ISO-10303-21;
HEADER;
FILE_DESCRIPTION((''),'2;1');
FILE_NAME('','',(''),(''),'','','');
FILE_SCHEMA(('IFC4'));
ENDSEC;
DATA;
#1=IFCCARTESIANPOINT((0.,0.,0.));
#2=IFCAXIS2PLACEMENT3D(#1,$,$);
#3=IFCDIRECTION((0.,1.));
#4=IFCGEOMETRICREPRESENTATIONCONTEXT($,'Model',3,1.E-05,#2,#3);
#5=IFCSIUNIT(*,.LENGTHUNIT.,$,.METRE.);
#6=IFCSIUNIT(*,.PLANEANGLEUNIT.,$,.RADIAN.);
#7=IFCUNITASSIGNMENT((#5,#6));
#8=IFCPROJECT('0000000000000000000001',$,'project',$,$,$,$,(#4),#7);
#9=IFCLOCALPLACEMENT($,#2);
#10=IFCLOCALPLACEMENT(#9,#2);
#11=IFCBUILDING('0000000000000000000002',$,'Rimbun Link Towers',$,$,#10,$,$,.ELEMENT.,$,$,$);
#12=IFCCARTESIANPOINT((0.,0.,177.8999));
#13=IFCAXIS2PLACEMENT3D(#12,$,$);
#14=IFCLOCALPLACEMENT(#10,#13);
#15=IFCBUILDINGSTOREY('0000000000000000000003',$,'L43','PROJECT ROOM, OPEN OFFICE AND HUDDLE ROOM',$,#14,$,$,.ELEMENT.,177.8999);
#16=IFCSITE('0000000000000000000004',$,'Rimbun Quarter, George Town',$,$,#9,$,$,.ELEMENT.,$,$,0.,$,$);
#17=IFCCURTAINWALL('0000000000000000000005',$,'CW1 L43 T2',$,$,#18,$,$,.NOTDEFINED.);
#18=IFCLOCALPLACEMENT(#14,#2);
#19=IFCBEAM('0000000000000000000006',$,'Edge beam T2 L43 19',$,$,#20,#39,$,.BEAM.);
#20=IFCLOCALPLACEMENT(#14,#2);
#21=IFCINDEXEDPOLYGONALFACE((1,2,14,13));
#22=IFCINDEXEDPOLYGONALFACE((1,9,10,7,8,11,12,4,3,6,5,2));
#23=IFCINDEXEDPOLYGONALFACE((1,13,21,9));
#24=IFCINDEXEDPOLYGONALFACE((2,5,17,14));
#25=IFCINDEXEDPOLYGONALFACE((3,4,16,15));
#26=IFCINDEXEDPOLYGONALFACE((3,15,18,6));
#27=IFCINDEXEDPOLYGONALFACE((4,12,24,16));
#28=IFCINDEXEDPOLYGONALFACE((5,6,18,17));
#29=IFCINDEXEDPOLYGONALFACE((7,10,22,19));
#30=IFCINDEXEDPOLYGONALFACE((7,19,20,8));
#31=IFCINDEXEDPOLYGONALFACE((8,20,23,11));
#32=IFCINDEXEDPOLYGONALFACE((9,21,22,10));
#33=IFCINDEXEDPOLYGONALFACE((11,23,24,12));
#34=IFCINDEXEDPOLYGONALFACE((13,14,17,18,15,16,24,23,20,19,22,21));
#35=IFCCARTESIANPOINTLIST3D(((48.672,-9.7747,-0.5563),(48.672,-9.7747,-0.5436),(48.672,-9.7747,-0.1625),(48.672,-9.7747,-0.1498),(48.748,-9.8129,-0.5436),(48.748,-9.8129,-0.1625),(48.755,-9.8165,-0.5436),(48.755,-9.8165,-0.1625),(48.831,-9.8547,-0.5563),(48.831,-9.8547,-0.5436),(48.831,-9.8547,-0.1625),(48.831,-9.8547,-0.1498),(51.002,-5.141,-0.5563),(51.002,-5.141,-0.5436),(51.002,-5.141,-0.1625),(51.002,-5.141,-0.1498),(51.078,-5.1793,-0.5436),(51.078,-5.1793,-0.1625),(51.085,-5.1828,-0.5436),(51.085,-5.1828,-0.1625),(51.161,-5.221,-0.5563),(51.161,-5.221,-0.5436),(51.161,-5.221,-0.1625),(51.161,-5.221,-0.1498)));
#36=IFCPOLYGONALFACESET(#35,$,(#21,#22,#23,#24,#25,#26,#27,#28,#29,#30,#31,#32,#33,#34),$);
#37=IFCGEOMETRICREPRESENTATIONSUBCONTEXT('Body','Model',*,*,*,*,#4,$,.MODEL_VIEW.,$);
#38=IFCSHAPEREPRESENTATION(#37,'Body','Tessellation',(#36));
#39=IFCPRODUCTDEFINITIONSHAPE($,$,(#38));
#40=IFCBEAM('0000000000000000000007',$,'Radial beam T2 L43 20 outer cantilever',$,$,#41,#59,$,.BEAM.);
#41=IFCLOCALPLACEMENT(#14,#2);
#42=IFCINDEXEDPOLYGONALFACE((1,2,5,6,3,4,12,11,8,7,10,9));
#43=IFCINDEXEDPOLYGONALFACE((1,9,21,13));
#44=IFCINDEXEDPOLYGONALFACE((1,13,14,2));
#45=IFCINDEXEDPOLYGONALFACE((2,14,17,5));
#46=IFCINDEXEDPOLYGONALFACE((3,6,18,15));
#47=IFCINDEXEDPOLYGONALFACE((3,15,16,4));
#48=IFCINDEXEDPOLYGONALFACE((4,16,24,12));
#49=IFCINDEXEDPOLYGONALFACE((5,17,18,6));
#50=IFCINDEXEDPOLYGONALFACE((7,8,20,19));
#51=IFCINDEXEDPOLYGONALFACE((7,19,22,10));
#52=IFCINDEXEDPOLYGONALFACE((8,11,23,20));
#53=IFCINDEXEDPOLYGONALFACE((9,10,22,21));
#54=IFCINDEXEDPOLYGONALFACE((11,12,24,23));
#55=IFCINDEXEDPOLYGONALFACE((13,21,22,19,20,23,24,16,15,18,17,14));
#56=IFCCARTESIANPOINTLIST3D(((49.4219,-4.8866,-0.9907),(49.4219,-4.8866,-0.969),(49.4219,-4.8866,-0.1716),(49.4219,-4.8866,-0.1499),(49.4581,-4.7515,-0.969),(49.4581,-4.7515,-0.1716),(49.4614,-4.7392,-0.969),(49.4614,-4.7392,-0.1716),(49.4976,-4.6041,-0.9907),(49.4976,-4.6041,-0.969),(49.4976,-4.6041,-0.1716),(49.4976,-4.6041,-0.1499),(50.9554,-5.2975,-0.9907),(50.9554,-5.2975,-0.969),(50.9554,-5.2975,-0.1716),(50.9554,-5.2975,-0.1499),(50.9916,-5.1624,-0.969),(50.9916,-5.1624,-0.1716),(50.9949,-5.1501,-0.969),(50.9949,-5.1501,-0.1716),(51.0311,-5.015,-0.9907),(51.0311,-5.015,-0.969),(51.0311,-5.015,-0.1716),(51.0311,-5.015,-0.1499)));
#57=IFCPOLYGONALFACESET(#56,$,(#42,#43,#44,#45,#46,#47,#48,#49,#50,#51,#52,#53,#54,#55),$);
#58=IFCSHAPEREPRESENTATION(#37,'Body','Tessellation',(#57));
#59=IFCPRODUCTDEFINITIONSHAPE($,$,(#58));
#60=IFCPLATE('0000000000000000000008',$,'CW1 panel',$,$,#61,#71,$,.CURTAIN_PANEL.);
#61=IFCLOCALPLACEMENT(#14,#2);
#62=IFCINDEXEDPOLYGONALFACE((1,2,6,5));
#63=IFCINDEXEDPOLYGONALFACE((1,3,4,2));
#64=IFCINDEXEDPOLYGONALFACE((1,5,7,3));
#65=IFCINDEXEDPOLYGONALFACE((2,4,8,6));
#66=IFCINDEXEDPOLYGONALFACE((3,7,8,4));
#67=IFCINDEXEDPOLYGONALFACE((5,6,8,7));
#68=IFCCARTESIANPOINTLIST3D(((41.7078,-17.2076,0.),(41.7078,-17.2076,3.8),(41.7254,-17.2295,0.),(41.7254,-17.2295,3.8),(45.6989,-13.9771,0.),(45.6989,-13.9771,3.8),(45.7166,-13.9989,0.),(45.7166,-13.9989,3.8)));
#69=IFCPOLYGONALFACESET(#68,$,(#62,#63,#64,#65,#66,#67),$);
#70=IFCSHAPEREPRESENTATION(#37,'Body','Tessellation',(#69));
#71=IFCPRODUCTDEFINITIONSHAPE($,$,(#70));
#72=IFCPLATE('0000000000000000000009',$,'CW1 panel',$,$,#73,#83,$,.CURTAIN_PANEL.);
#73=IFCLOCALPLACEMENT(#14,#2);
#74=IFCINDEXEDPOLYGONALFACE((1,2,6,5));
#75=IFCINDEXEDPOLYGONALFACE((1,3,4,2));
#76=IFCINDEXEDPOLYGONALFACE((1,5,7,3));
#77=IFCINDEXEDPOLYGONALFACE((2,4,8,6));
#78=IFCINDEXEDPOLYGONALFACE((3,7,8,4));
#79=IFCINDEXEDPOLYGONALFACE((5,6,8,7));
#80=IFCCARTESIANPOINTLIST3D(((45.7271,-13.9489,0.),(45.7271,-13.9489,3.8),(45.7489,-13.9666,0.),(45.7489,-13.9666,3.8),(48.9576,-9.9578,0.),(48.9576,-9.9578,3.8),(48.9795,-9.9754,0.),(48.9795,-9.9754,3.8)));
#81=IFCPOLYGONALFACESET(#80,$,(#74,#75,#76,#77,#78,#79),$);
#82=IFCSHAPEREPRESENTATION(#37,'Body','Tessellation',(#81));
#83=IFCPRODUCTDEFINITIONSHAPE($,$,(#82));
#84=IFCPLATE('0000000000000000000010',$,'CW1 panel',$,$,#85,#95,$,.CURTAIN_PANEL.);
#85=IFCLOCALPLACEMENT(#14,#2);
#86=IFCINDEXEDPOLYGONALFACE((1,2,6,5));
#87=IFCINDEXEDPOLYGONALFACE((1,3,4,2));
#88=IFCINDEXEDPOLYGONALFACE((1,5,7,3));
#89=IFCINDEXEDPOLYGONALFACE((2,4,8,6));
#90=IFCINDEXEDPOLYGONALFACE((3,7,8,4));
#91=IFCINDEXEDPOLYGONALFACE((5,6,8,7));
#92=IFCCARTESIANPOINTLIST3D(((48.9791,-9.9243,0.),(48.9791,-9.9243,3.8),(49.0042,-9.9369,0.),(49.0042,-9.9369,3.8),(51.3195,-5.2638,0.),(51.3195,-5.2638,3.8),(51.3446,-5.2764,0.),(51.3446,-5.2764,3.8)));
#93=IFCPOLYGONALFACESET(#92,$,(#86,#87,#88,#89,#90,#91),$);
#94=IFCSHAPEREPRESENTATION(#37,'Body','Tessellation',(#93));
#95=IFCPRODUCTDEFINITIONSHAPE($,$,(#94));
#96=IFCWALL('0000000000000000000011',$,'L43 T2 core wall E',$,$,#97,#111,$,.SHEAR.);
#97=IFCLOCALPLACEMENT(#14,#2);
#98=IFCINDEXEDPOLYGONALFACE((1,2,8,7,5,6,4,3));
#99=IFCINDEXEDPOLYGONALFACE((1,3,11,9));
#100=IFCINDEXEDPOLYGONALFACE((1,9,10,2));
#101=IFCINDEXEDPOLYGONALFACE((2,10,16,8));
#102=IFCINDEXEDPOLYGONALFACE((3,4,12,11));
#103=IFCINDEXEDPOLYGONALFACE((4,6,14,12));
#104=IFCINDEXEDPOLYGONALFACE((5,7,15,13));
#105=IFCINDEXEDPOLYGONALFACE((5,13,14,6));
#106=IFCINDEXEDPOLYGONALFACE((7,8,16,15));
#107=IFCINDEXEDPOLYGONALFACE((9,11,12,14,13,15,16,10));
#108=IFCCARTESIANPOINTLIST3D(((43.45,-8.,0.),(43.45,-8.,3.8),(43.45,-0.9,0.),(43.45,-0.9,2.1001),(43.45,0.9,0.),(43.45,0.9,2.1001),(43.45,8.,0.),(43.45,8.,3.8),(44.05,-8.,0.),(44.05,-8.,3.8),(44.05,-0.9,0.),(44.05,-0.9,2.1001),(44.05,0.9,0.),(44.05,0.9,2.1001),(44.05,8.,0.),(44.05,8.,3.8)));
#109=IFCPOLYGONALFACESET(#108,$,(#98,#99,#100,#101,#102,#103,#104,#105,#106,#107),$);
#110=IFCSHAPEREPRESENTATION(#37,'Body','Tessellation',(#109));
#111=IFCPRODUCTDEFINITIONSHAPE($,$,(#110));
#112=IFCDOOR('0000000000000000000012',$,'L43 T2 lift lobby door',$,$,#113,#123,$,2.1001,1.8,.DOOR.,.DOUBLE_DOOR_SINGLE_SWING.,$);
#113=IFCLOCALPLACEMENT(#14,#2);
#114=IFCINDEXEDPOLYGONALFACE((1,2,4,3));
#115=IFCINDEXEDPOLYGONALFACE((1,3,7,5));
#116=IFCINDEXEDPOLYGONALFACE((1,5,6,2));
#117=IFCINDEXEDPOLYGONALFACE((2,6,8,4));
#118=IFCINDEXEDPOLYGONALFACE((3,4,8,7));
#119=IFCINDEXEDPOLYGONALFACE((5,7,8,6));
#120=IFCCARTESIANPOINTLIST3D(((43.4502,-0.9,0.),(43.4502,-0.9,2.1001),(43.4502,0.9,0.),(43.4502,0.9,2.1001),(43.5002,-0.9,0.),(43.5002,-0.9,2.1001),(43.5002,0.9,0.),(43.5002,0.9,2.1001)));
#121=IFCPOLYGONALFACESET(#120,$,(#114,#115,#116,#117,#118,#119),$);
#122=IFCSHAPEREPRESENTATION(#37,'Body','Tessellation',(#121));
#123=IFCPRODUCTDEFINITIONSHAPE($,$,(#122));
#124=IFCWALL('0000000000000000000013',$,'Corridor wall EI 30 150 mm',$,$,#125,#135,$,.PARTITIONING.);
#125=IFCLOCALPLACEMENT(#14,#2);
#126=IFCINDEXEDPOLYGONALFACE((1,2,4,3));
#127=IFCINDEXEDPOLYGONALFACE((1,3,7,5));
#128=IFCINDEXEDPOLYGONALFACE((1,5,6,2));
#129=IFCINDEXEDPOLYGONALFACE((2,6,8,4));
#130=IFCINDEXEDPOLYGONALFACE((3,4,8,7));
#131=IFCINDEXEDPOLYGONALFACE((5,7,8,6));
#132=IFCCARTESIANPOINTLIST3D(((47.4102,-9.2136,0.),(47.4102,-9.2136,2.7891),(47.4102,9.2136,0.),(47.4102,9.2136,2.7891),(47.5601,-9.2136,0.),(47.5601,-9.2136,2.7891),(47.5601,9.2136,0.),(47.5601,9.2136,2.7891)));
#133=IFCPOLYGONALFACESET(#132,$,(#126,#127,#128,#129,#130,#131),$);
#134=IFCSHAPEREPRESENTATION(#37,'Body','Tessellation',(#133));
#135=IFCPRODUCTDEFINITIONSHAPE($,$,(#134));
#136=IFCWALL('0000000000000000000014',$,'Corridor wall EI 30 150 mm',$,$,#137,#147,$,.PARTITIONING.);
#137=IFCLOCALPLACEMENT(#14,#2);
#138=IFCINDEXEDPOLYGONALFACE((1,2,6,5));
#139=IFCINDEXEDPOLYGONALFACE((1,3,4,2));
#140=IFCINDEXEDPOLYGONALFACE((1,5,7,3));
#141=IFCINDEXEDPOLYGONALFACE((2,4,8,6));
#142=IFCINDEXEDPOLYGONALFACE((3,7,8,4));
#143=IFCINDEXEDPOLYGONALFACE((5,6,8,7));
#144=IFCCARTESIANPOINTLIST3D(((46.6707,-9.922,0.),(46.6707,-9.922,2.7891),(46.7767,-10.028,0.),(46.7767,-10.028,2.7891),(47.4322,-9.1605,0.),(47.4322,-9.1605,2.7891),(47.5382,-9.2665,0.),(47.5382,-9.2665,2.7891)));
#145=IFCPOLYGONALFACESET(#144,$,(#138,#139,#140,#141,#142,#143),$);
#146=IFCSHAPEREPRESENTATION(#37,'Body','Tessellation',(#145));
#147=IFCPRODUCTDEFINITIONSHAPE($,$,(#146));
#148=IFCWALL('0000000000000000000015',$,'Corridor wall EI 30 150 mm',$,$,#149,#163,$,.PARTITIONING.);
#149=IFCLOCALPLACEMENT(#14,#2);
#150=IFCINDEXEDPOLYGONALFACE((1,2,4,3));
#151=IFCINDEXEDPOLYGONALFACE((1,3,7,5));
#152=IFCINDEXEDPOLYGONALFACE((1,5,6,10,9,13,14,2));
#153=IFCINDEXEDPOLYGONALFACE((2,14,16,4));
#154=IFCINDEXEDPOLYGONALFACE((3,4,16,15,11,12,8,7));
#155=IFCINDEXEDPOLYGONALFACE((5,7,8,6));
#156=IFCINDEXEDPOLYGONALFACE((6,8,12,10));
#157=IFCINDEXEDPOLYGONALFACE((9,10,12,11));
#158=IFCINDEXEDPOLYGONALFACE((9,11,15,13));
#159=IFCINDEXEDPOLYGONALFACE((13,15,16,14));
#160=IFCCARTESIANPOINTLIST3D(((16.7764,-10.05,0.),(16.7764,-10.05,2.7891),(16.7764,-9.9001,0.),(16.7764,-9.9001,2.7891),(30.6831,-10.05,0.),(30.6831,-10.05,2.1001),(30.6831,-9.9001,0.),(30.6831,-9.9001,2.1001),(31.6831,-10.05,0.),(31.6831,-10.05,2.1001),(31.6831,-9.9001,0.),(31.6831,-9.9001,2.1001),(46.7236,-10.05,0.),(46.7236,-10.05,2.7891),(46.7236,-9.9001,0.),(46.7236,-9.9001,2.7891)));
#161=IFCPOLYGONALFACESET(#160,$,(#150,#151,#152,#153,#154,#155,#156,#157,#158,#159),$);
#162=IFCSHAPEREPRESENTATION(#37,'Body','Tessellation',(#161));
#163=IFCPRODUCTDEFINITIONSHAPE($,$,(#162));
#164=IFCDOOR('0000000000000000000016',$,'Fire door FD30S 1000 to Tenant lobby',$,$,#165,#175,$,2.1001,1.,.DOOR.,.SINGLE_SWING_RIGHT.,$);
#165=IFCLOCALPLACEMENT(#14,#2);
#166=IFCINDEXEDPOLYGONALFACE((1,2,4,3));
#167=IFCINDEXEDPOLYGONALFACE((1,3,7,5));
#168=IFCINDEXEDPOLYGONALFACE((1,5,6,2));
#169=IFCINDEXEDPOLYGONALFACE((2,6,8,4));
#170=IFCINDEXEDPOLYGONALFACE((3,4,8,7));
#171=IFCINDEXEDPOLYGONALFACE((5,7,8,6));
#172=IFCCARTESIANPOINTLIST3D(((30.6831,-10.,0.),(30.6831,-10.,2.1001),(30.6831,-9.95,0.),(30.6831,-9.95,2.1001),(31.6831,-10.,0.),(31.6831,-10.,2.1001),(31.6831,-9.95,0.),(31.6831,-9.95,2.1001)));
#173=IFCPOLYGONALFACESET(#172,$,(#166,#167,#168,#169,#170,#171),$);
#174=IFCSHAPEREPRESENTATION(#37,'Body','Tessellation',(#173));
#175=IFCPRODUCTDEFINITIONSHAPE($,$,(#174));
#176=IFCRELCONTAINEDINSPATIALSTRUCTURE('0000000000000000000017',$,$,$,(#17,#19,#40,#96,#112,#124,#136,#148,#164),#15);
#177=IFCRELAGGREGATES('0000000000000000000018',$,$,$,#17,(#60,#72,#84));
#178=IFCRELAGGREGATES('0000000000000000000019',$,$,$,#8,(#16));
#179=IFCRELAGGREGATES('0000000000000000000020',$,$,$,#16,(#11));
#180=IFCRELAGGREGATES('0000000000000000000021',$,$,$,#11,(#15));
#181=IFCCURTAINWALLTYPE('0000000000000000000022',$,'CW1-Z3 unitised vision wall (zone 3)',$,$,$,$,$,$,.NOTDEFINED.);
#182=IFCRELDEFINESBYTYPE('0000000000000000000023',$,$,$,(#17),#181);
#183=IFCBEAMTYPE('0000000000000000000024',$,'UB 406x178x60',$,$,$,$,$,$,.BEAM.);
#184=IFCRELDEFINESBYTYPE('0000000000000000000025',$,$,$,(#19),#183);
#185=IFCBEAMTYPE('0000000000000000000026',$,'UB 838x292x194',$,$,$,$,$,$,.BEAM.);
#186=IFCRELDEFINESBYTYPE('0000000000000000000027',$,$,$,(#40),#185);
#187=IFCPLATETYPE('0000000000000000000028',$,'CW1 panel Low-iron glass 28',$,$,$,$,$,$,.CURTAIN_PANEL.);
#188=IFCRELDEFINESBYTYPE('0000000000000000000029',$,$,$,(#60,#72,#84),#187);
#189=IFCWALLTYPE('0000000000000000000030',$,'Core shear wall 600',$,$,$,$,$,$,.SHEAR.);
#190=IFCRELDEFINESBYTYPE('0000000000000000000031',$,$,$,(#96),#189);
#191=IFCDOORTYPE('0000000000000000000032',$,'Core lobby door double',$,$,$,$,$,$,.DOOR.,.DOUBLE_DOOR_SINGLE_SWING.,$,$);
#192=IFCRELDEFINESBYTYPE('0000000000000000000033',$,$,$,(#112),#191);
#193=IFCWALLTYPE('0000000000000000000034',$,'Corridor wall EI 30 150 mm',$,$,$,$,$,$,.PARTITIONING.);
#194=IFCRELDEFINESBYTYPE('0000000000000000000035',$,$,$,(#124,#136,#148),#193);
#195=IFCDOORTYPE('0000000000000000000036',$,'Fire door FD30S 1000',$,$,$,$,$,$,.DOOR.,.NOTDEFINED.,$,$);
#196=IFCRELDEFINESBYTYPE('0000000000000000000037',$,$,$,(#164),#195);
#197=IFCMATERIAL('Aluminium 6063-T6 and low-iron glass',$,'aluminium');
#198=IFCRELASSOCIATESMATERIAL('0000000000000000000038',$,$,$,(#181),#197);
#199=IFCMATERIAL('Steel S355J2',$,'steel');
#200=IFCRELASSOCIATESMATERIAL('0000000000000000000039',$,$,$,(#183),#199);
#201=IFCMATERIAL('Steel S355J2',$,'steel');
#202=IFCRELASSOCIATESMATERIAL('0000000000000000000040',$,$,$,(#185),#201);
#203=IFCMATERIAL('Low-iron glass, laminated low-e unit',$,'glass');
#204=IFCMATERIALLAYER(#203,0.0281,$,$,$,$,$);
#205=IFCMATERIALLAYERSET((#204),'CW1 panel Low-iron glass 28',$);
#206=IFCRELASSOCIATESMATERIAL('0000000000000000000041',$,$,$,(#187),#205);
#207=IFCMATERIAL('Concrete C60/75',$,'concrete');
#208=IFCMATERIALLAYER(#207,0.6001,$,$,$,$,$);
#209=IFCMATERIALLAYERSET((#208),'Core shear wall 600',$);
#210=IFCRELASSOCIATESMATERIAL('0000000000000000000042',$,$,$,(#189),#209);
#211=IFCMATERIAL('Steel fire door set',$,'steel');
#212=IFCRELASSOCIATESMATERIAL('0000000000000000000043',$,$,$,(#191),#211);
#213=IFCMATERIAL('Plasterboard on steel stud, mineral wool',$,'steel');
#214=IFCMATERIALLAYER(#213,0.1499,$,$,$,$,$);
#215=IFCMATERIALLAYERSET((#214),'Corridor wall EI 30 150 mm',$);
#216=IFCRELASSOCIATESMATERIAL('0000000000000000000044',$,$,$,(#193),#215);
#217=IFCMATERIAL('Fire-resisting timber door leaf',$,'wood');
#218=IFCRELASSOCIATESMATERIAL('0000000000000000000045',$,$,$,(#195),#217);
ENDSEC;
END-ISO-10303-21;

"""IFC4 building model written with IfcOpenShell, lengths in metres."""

from ifc_helpers import new_model, si_unit, direction, frame, frame_2d, origin, origin_2d, place, context, subcontext, project, spatial, rectangle, i_section, extrude, material, layer, layer_set, material_profile, profile_set, type_object, element, fill, aggregate, save


model = new_model("IFC4")

# Units and contexts
model_context = context("Model", 3, precision=1e-05, world=origin(), true_north=direction((0.0, 1.0)))
body_context = subcontext(model_context, "Body", "Model", "MODEL_VIEW")
ifc_project = project(units=[si_unit("LENGTHUNIT", "METRE"), si_unit("PLANEANGLEUNIT", "RADIAN")], contexts=[model_context])

# Site, building, storey
site_placement = place(None, origin())
site = spatial("IfcSite", under=ifc_project, at=site_placement, Name="Rimbun Quarter, George Town", CompositionType="ELEMENT", RefElevation=0.0)
building_placement = place(site_placement, origin())
building = spatial("IfcBuilding", under=site, at=building_placement, Name="Rimbun Link Towers", CompositionType="ELEMENT")
storey_placement = place(building_placement, frame((0.0, 0.0, 177.8999)))
storey = spatial("IfcBuildingStorey", under=building, at=storey_placement, Name="L43", Description="PROJECT ROOM, OPEN OFFICE AND HUDDLE ROOM", CompositionType="ELEMENT", Elevation=177.8999)

# Curtain wall
ifc_material_1 = material(Name="Aluminium 6063-T6 and low-iron glass", Category="aluminium")
curtain_wall_type = type_object("IfcCurtainWallType", Name="CW1-Z3 unitised vision wall (zone 3)", PredefinedType="NOTDEFINED", material=ifc_material_1)
curtain_wall_placement = place(storey_placement, origin())
curtain_wall = element("IfcCurtainWall", 1, at=curtain_wall_placement, inside=storey, type_object=curtain_wall_type, Name="CW1 L43 T2", PredefinedType="NOTDEFINED")

# Beams
ifc_material_2 = material(Name="Steel S355J2", Category="steel")
ifc_material_profile_1 = material_profile(ifc_material_2, i_section(OverallWidth=0.178, OverallDepth=0.4065, WebThickness=0.0078, FlangeThickness=0.0127, at=origin_2d()), Name="UB 406x178x60")
ifc_profile_set_1 = profile_set([ifc_material_profile_1], Name="Steel S355J2")
beam_type_1 = type_object("IfcBeamType", Name="UB 406x178x60", PredefinedType="BEAM", material=ifc_profile_set_1)
beam_1_placement = place(storey_placement, frame((48.7515, -9.8147, -0.353), z_axis=(0.449246, 0.893408, 0.0), x_axis=(-0.893408, 0.449246, 0.0)))
element("IfcBeam", 2, at=beam_1_placement, inside=storey, type_object=beam_type_1, Name="Edge beam T2 L43 19", PredefinedType="BEAM", context=body_context, shape_type="SweptSolid", body=[
    extrude(i_section(OverallWidth=0.178, OverallDepth=0.4065, WebThickness=0.0078, FlangeThickness=0.0127, at=origin_2d()), origin(), (0.0, 0.0, 1.0), 5.1865),
])
ifc_material_3 = material(Name="Steel S355J2", Category="steel")
ifc_material_profile_2 = material_profile(ifc_material_3, i_section(OverallWidth=0.2925, OverallDepth=0.8408, WebThickness=0.0127, FlangeThickness=0.0217, at=origin_2d()), Name="UB 838x292x194")
ifc_profile_set_2 = profile_set([ifc_material_profile_2], Name="Steel S355J2")
beam_type_2 = type_object("IfcBeamType", Name="UB 838x292x194", PredefinedType="BEAM", material=ifc_profile_set_2)
beam_2_placement = place(storey_placement, frame((49.4597, -4.7454, -0.5703), z_axis=(0.965925, -0.258821, 0.0), x_axis=(0.258821, 0.965925, 0.0)))
element("IfcBeam", 3, at=beam_2_placement, inside=storey, type_object=beam_type_2, Name="Radial beam T2 L43 20 outer cantilever", PredefinedType="BEAM", context=body_context, shape_type="SweptSolid", body=[
    extrude(i_section(OverallWidth=0.2925, OverallDepth=0.8408, WebThickness=0.0127, FlangeThickness=0.0217, at=origin_2d()), origin(), (0.0, 0.0, 1.0), 1.5876),
])

# Plates
ifc_material_4 = material(Name="Low-iron glass, laminated low-e unit", Category="glass")
ifc_layer_1 = layer(ifc_material_4, 0.0281)
ifc_layer_set_1 = layer_set([ifc_layer_1], Name="CW1 panel Low-iron glass 28")
plate_type = type_object("IfcPlateType", Name="CW1 panel Low-iron glass 28", PredefinedType="CURTAIN_PANEL", material=ifc_layer_set_1)
plate_1_placement = place(storey_placement, frame((43.7122, -15.6033, 0.0), z_axis=(0.0, 0.0, 1.0), x_axis=(-0.777278, -0.629158, 0.0)))
plate_1 = element("IfcPlate", 4, at=plate_1_placement, type_object=plate_type, Name="CW1 panel", PredefinedType="CURTAIN_PANEL", context=body_context, shape_type="SweptSolid", body=[
    extrude(rectangle(XDim=5.1348, YDim=0.0281, at=origin_2d()), origin(), (0.0, 0.0, 1.0), 3.8),
])
plate_2_placement = place(storey_placement, frame((47.3533, -11.9622, 0.0), z_axis=(0.0, 0.0, 1.0), x_axis=(-0.629158, -0.777278, 0.0)))
plate_2 = element("IfcPlate", 5, at=plate_2_placement, type_object=plate_type, Name="CW1 panel", PredefinedType="CURTAIN_PANEL", context=body_context, shape_type="SweptSolid", body=[
    extrude(rectangle(XDim=5.1348, YDim=0.0281, at=origin_2d()), origin(), (0.0, 0.0, 1.0), 3.8),
])
plate_3_placement = place(storey_placement, frame((50.1619, -7.6003, 0.0), z_axis=(0.0, 0.0, 1.0), x_axis=(-0.448773, -0.893646, 0.0)))
plate_3 = element("IfcPlate", 6, at=plate_3_placement, type_object=plate_type, Name="CW1 panel", PredefinedType="CURTAIN_PANEL", context=body_context, shape_type="SweptSolid", body=[
    extrude(rectangle(XDim=5.2151, YDim=0.0281, at=origin_2d()), origin(), (0.0, 0.0, 1.0), 3.8),
])
aggregate(curtain_wall, [plate_1, plate_2, plate_3])

# Wall, opening, door
ifc_material_5 = material(Name="Concrete C60/75", Category="concrete")
ifc_layer_2 = layer(ifc_material_5, 0.6001)
ifc_layer_set_2 = layer_set([ifc_layer_2], Name="Core shear wall 600")
wall_type_1 = type_object("IfcWallType", Name="Core shear wall 600", PredefinedType="SHEAR", material=ifc_layer_set_2)
wall_1_placement = place(storey_placement, frame((43.75, -8.0, 0.0), z_axis=(0.0, 0.0, 1.0), x_axis=(0.0, 1.0, 0.0)))
wall_1 = element("IfcWall", 7, at=wall_1_placement, inside=storey, type_object=wall_type_1, Name="L43 T2 core wall E", PredefinedType="SHEAR", context=body_context, shape_type="SweptSolid", body=[
    extrude(rectangle(XDim=16.0, YDim=0.6001, at=frame_2d((8.0, 0.0))), origin(), (0.0, 0.0, 1.0), 3.8),
])
opening_1_placement = place(wall_1_placement, frame((7.1001, 0.0, 0.0)))
opening_1 = element("IfcOpeningElement", 8, at=opening_1_placement, cuts=wall_1, PredefinedType="OPENING", context=body_context, shape_type="SweptSolid", body=[
    extrude(rectangle(XDim=1.8, YDim=2.1001, at=frame_2d((0.8999, 1.05))), frame((0.0, 0.3101, 0.0), z_axis=(0.0, -1.0, 0.0), x_axis=(1.0, 0.0, 0.0)), (0.0, 0.0, 1.0), 0.6201),
])
ifc_material_6 = material(Name="Steel fire door set", Category="steel")
door_type_1 = type_object("IfcDoorType", Name="Core lobby door double", OperationType="DOUBLE_DOOR_SINGLE_SWING", PredefinedType="DOOR", material=ifc_material_6)
door_1_placement = place(opening_1_placement, origin())
door_1 = element("IfcDoor", 9, at=door_1_placement, inside=storey, type_object=door_type_1, Name="L43 T2 lift lobby door", OperationType="DOUBLE_DOOR_SINGLE_SWING", OverallHeight=2.1001, OverallWidth=1.8, PredefinedType="DOOR", context=body_context, shape_type="SweptSolid", body=[
    extrude(rectangle(XDim=1.8, YDim=2.1001, at=frame_2d((0.8999, 1.05))), frame((0.0, 0.2998, 0.0), z_axis=(0.0, -1.0, 0.0), x_axis=(1.0, 0.0, 0.0)), (0.0, 0.0, 1.0), 0.05),
])
fill(opening_1, door_1)

# Walls
ifc_material_7 = material(Name="Plasterboard on steel stud, mineral wool", Category="steel")
ifc_layer_3 = layer(ifc_material_7, 0.1499)
ifc_layer_set_3 = layer_set([ifc_layer_3], Name="Corridor wall EI 30 150 mm")
wall_type_2 = type_object("IfcWallType", Name="Corridor wall EI 30 150 mm", PredefinedType="PARTITIONING", material=ifc_layer_set_3)
wall_2_placement = place(storey_placement, frame((47.4851, -9.2136, 0.0), z_axis=(0.0, 0.0, 1.0), x_axis=(0.0, 1.0, 0.0)))
element("IfcWall", 10, at=wall_2_placement, inside=storey, type_object=wall_type_2, Name="Corridor wall EI 30 150 mm", PredefinedType="PARTITIONING", context=body_context, shape_type="SweptSolid", body=[
    extrude(rectangle(XDim=18.4272, YDim=0.1499, at=frame_2d((9.2136, 0.0))), origin(), (0.0, 0.0, 1.0), 2.7891),
])
wall_3_placement = place(storey_placement, frame((46.7236, -9.9751, 0.0), z_axis=(0.0, 0.0, 1.0), x_axis=(0.707107, 0.707107, 0.0)))
element("IfcWall", 11, at=wall_3_placement, inside=storey, type_object=wall_type_2, Name="Corridor wall EI 30 150 mm", PredefinedType="PARTITIONING", context=body_context, shape_type="SweptSolid", body=[
    extrude(rectangle(XDim=1.0769, YDim=0.1499, at=frame_2d((0.5386, 0.0))), origin(), (0.0, 0.0, 1.0), 2.7891),
])

# Wall, opening, door
wall_4_placement = place(storey_placement, frame((46.7236, -9.9751, 0.0), z_axis=(0.0, 0.0, 1.0), x_axis=(-1.0, 0.0, 0.0)))
wall_4 = element("IfcWall", 12, at=wall_4_placement, inside=storey, type_object=wall_type_2, Name="Corridor wall EI 30 150 mm", PredefinedType="PARTITIONING", context=body_context, shape_type="SweptSolid", body=[
    extrude(rectangle(XDim=29.9473, YDim=0.1499, at=frame_2d((14.9736, 0.0))), origin(), (0.0, 0.0, 1.0), 2.7891),
])
opening_2_placement = place(wall_4_placement, frame((15.0405, 0.0, 0.0)))
opening_2 = element("IfcOpeningElement", 13, at=opening_2_placement, cuts=wall_4, PredefinedType="OPENING", context=body_context, shape_type="SweptSolid", body=[
    extrude(rectangle(XDim=1.0, YDim=2.1001, at=frame_2d((0.5, 1.05))), frame((0.0, 0.085, 0.0), z_axis=(0.0, -1.0, 0.0), x_axis=(1.0, 0.0, 0.0)), (0.0, 0.0, 1.0), 0.1699),
])
ifc_material_8 = material(Name="Fire-resisting timber door leaf", Category="wood")
door_type_2 = type_object("IfcDoorType", Name="Fire door FD30S 1000", OperationType="NOTDEFINED", PredefinedType="DOOR", material=ifc_material_8)
door_2_placement = place(opening_2_placement, origin())
door_2 = element("IfcDoor", 14, at=door_2_placement, inside=storey, type_object=door_type_2, Name="Fire door FD30S 1000 to Tenant lobby", OperationType="SINGLE_SWING_RIGHT", OverallHeight=2.1001, OverallWidth=1.0, PredefinedType="DOOR", context=body_context, shape_type="SweptSolid", body=[
    extrude(rectangle(XDim=1.0, YDim=2.1001, at=frame_2d((0.5, 1.05))), frame((0.0, 0.0249, 0.0), z_axis=(0.0, -1.0, 0.0), x_axis=(1.0, 0.0, 0.0)), (0.0, 0.0, 1.0), 0.05),
])
fill(opening_2, door_2)

save(model, "model.ifc")
